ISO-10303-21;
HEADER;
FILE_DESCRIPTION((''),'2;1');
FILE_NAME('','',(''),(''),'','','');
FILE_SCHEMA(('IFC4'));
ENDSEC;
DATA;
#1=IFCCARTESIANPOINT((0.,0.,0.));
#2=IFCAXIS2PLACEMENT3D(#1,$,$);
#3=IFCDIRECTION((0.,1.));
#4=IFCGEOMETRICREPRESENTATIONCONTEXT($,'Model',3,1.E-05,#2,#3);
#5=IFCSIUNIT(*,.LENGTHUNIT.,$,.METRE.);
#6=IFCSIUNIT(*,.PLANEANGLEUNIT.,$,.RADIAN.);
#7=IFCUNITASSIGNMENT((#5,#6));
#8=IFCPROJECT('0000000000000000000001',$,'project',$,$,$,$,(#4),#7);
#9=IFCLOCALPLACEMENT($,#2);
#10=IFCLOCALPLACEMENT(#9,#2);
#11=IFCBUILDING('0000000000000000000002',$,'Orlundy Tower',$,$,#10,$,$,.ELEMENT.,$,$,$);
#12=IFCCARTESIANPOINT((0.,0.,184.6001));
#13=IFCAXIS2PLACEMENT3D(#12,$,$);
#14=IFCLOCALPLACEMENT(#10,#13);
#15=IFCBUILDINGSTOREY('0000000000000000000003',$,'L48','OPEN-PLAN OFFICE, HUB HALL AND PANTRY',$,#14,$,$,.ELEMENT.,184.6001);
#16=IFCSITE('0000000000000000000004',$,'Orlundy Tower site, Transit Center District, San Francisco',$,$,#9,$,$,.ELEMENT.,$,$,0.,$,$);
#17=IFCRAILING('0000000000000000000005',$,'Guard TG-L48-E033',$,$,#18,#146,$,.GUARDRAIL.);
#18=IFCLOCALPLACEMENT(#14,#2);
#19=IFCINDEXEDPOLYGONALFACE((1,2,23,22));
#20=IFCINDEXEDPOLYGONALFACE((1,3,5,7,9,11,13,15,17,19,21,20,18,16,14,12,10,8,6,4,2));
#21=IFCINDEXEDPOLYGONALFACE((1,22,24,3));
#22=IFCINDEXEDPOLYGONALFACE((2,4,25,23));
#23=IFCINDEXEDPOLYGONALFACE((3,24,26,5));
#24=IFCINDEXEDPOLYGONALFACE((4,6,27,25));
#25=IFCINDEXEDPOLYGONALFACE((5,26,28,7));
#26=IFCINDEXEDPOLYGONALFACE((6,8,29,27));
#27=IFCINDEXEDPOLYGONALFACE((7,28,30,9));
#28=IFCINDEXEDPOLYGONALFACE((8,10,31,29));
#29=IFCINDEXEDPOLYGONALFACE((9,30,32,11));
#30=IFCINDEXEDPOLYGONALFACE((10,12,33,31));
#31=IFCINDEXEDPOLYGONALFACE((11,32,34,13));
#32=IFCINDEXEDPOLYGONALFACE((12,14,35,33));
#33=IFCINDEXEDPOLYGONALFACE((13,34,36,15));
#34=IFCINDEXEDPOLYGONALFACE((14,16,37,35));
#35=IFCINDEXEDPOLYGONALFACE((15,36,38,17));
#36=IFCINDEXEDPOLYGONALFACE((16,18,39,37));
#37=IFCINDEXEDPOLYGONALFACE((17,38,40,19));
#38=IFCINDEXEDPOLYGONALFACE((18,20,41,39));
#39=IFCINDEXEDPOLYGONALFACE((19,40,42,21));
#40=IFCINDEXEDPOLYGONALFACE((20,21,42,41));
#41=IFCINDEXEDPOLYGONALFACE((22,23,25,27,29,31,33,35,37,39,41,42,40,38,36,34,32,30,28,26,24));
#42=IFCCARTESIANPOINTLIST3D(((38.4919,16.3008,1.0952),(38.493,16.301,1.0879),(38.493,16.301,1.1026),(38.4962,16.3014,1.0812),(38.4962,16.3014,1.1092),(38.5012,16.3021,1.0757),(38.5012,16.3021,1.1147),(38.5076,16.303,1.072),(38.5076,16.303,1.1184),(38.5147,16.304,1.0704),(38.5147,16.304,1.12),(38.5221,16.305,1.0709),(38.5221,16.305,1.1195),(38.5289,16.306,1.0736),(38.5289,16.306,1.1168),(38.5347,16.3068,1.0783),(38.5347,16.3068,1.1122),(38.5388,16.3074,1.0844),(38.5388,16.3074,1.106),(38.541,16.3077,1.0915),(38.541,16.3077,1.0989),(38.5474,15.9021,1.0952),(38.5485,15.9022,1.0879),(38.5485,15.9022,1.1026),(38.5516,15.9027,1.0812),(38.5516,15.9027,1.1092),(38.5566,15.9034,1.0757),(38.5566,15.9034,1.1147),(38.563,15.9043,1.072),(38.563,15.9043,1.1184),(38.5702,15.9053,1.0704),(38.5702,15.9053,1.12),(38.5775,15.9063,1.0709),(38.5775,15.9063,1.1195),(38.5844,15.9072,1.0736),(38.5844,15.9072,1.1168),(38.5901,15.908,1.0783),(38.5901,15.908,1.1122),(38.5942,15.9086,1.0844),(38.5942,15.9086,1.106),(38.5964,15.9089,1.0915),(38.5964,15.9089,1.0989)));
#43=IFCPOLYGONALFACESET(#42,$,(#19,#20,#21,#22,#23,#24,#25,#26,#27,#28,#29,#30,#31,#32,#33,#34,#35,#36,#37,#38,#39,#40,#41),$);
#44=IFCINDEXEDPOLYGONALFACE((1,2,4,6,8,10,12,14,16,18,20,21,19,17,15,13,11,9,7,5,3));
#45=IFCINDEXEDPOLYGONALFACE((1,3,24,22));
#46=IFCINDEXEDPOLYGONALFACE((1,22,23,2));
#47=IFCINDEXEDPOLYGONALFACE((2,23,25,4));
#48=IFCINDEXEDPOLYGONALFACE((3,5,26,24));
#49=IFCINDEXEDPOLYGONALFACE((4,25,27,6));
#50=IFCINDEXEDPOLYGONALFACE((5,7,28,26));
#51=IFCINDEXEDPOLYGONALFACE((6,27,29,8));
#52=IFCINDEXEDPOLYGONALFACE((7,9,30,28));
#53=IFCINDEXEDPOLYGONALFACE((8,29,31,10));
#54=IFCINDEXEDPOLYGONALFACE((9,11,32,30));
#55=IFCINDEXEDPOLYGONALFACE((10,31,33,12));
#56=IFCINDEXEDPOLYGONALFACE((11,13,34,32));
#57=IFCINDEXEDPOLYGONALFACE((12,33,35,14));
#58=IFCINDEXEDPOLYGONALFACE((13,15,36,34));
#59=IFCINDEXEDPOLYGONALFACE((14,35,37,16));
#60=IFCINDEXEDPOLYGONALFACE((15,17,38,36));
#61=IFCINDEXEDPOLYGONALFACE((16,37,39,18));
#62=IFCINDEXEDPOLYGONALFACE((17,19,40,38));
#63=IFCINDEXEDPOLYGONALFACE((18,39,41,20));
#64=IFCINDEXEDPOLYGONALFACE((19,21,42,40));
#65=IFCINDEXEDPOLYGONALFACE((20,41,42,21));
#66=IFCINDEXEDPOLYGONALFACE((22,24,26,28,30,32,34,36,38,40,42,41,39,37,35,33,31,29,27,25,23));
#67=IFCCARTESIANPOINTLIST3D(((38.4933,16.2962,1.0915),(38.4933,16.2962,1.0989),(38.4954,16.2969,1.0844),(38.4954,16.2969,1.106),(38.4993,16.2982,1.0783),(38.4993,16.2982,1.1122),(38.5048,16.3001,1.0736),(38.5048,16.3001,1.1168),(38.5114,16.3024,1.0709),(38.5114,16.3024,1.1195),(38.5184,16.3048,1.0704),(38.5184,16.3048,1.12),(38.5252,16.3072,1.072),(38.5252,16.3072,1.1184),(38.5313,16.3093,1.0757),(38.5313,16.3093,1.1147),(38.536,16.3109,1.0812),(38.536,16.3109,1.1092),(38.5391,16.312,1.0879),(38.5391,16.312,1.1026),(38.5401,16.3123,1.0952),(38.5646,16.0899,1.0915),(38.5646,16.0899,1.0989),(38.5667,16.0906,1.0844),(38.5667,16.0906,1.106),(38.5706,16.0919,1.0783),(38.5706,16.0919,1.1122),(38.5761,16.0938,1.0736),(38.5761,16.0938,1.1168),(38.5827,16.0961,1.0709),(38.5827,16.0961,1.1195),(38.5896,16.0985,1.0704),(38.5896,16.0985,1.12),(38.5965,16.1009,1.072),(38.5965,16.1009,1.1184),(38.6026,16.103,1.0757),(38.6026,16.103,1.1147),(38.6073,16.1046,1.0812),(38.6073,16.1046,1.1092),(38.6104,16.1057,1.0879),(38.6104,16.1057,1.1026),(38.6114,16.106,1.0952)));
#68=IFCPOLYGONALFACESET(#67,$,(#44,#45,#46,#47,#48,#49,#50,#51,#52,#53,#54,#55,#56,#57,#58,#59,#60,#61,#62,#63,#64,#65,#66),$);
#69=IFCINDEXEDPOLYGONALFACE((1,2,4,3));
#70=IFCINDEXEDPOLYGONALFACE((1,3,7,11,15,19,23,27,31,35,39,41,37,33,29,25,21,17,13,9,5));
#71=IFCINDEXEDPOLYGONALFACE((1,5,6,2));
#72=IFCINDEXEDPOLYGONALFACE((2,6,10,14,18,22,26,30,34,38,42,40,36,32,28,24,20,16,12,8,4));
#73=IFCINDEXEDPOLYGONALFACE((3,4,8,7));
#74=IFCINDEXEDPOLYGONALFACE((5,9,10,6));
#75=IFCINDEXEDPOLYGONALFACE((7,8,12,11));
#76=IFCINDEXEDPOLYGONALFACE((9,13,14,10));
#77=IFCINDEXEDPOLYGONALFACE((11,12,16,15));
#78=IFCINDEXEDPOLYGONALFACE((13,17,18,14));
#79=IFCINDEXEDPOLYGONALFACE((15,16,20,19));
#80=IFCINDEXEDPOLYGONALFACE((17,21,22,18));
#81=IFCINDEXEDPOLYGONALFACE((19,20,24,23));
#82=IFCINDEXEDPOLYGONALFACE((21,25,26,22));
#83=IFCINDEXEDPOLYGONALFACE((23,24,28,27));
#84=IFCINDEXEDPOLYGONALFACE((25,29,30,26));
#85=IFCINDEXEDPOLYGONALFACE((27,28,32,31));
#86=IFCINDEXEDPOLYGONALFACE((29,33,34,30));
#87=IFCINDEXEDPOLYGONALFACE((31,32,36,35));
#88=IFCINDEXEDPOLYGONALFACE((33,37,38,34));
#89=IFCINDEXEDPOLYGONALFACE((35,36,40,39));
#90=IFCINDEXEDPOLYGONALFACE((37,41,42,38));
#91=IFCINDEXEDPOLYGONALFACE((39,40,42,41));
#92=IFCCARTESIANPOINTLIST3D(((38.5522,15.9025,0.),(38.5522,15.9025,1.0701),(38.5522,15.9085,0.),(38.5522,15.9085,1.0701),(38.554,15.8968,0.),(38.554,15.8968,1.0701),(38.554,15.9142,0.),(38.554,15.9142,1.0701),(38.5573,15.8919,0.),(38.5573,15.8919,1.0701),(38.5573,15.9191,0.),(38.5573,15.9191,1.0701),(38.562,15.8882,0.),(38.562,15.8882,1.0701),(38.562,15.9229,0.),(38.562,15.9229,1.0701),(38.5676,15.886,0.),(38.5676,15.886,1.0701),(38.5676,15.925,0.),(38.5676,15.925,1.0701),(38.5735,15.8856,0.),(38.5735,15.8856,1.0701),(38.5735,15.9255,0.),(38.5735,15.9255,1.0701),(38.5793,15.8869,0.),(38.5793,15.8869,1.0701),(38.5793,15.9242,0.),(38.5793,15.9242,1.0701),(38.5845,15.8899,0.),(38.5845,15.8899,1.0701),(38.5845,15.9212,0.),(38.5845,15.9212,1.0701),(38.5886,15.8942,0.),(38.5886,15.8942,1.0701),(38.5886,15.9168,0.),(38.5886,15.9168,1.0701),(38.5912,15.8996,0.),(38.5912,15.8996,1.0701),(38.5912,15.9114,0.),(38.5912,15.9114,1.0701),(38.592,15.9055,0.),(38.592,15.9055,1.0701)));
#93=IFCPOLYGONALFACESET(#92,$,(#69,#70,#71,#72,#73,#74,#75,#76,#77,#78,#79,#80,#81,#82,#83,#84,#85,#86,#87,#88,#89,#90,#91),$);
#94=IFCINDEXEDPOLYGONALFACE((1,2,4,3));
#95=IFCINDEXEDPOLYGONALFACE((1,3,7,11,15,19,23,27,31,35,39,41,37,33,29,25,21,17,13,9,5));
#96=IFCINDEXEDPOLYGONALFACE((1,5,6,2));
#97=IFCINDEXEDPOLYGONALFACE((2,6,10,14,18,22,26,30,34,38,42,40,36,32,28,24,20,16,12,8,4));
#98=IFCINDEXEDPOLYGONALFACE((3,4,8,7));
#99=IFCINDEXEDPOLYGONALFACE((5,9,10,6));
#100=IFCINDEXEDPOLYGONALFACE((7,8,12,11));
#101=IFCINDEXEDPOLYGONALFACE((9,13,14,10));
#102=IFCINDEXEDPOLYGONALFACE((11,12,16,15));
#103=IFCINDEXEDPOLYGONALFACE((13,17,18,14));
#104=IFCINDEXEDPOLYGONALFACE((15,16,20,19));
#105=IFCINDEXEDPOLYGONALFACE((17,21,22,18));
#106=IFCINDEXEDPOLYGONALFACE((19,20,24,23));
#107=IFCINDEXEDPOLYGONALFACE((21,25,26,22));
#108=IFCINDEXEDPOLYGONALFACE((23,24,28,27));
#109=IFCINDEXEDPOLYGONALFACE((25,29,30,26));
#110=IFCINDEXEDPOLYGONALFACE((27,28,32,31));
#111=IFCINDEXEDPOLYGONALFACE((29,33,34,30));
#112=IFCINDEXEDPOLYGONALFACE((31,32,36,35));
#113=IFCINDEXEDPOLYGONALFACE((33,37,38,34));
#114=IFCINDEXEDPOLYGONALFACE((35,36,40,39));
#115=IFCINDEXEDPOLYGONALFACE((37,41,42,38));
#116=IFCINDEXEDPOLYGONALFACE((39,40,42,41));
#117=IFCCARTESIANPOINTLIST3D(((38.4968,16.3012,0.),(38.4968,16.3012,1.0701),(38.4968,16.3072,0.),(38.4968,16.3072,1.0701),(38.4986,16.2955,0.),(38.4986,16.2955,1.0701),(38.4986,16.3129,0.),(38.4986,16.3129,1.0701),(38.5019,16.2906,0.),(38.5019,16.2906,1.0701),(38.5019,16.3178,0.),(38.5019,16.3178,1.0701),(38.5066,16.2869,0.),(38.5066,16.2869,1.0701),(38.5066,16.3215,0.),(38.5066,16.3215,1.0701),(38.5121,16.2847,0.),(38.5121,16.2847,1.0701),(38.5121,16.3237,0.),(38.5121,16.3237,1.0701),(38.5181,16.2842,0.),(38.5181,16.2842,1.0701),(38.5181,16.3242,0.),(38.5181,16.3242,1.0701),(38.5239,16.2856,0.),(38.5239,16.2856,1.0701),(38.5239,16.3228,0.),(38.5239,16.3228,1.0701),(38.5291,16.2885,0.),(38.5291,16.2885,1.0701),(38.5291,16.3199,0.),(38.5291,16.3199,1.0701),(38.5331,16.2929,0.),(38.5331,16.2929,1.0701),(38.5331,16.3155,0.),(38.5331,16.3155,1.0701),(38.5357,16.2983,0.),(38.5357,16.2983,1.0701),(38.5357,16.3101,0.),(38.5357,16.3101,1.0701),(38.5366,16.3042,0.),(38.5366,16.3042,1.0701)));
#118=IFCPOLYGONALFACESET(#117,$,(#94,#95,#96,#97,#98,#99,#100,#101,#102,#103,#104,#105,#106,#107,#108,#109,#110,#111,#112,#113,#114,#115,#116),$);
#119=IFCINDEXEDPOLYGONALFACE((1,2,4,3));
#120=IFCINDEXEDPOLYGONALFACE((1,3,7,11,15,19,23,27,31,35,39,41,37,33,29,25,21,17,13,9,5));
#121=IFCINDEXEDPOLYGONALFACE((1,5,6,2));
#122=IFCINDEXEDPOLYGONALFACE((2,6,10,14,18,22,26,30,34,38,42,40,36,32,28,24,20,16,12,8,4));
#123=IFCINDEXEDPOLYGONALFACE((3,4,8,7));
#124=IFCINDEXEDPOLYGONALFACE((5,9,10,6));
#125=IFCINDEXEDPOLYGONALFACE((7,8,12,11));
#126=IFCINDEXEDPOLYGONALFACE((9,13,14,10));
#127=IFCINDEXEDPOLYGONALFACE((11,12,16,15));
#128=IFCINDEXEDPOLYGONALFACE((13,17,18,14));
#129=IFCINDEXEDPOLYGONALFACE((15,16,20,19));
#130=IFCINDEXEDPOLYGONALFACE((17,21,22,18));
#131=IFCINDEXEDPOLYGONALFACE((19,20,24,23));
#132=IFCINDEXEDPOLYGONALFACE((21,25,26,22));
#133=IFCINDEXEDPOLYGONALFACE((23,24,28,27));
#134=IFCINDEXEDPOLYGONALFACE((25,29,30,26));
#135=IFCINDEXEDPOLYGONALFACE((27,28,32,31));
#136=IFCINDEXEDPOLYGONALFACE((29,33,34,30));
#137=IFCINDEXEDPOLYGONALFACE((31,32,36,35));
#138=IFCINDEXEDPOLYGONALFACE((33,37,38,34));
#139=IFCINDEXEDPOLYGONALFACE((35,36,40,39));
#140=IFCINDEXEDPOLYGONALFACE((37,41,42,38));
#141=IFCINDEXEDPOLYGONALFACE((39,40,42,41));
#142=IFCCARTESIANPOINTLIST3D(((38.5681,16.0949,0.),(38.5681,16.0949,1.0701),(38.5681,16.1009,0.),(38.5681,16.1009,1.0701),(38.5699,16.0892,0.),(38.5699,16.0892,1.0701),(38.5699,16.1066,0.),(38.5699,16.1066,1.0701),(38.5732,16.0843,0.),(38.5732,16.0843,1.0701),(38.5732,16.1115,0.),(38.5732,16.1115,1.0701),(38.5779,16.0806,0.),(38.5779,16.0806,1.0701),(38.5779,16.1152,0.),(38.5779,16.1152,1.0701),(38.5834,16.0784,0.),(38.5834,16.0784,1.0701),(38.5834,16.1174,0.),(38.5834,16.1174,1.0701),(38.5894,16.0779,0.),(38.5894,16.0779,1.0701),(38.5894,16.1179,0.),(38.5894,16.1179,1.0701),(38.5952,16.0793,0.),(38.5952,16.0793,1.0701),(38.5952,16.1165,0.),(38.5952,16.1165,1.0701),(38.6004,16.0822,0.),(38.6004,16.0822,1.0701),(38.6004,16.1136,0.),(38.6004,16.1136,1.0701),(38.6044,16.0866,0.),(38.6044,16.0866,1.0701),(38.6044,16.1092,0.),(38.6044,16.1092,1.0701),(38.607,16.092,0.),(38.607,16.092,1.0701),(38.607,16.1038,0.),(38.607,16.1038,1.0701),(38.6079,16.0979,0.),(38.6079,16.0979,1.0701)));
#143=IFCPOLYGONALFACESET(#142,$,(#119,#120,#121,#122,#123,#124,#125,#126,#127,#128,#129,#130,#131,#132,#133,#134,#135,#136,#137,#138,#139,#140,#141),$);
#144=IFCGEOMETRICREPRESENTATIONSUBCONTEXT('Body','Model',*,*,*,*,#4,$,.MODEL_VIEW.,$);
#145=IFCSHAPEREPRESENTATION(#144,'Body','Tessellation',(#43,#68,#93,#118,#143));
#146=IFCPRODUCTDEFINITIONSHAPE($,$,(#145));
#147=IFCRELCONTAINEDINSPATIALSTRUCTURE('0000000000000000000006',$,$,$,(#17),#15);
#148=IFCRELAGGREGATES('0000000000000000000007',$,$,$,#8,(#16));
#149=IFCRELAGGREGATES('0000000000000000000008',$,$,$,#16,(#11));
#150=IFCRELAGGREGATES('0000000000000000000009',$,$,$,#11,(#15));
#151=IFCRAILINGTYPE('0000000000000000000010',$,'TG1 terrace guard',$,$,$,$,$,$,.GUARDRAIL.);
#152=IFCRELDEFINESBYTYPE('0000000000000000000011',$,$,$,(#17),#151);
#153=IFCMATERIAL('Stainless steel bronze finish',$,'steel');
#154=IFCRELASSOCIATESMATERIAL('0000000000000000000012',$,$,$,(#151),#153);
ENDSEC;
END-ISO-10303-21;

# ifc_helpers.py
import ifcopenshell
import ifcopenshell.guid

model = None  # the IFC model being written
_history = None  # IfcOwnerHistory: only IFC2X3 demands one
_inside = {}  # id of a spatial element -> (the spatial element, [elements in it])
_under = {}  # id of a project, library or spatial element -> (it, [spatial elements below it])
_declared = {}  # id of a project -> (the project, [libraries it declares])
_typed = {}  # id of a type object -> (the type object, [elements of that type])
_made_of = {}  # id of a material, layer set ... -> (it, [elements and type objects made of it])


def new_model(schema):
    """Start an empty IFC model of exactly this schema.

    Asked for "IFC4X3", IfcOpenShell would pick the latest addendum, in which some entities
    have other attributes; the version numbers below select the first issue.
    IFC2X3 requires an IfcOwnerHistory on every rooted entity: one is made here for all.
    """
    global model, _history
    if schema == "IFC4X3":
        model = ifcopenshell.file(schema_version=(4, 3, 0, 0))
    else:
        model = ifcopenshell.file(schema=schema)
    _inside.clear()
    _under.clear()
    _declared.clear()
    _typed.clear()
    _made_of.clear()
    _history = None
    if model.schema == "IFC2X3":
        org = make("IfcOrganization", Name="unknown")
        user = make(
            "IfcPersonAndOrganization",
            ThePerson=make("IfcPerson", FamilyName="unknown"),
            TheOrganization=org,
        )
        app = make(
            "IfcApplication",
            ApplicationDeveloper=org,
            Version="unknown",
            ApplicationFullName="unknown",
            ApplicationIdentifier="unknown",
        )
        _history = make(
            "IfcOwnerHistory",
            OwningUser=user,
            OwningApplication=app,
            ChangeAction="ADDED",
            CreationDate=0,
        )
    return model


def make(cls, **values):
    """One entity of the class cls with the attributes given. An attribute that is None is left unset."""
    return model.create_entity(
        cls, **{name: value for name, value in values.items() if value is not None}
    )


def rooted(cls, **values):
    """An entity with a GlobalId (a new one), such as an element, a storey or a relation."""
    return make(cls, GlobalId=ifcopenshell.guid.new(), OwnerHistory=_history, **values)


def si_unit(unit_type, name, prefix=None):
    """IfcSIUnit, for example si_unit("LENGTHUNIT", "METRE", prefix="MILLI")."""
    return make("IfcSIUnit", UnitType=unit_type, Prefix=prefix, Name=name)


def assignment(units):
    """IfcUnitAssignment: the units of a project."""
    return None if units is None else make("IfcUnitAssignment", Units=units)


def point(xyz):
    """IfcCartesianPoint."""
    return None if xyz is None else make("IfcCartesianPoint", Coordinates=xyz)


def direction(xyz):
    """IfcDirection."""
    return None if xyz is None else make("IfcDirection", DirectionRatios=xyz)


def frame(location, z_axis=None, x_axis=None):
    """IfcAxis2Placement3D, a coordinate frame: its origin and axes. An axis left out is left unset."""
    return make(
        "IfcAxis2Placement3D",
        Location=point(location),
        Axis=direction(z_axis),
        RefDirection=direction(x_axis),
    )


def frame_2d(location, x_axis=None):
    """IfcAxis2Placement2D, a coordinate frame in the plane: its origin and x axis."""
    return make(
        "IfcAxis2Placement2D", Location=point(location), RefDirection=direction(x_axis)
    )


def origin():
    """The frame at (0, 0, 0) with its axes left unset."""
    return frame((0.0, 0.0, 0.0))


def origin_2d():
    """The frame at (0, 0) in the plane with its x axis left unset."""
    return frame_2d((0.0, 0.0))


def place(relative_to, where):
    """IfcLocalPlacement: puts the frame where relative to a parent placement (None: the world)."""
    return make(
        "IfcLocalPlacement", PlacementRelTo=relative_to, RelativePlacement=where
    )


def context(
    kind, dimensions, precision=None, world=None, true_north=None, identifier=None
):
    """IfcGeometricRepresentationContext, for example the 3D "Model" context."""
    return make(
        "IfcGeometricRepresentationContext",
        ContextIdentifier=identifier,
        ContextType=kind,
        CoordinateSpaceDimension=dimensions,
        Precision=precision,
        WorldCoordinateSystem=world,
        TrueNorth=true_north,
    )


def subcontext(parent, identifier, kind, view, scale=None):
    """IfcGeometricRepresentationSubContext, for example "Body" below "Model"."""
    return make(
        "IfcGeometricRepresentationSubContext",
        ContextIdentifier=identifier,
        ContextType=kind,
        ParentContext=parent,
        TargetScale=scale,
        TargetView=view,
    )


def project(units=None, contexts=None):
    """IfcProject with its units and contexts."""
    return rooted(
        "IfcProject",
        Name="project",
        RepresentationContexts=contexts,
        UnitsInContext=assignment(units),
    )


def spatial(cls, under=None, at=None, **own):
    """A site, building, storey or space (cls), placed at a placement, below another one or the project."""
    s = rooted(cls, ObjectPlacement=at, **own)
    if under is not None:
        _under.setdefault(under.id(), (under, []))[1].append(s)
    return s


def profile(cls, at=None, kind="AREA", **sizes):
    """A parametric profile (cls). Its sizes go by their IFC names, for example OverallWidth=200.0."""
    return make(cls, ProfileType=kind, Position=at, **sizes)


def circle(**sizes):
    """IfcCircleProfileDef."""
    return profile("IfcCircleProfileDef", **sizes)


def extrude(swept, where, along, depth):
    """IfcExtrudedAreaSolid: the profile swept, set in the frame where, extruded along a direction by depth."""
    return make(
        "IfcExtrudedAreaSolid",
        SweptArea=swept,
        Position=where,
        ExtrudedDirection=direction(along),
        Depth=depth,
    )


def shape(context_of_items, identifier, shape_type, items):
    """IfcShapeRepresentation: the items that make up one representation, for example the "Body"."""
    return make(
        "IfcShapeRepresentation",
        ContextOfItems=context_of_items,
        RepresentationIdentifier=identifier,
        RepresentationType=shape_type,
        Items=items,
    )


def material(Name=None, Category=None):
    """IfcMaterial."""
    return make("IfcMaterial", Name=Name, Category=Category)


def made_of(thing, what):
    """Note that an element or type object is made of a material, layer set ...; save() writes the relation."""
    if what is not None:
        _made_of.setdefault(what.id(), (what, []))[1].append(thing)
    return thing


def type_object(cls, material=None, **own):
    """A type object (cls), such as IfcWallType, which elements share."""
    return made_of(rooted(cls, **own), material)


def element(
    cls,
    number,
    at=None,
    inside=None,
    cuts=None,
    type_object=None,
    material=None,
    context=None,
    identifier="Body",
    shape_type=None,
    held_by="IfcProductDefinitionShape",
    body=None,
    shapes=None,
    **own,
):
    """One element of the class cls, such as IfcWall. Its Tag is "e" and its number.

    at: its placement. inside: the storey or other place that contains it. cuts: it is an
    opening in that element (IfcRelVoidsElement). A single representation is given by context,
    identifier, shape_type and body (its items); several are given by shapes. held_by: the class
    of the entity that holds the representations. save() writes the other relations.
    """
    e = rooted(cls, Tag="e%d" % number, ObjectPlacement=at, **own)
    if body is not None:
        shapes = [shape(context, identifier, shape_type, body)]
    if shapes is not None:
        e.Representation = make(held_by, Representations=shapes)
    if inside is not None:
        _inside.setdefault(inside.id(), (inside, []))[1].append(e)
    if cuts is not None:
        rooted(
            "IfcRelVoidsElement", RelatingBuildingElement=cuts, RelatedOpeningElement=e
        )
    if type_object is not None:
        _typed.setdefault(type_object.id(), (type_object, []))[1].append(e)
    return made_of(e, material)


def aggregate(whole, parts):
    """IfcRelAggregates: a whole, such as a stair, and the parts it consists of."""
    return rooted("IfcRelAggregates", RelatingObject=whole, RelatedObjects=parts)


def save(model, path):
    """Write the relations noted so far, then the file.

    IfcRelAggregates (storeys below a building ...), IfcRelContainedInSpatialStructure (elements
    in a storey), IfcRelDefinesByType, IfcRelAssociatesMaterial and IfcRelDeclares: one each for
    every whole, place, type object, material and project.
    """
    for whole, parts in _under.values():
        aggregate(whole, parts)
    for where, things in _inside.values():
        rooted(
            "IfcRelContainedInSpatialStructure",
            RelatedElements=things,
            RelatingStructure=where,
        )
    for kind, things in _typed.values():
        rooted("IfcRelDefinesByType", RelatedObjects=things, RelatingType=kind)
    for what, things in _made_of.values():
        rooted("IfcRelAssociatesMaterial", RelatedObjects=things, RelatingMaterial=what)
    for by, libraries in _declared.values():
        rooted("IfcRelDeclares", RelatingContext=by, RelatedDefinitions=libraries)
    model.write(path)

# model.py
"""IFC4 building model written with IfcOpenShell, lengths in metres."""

from ifc_helpers import new_model, si_unit, direction, frame, origin, origin_2d, place, context, subcontext, project, spatial, circle, extrude, material, type_object, element, save


model = new_model("IFC4")

# Units and contexts
model_context = context("Model", 3, precision=1e-05, world=origin(), true_north=direction((0.0, 1.0)))
body_context = subcontext(model_context, "Body", "Model", "MODEL_VIEW")
ifc_project = project(units=[si_unit("LENGTHUNIT", "METRE"), si_unit("PLANEANGLEUNIT", "RADIAN")], contexts=[model_context])

# Site, building, storey
site_placement = place(None, origin())
site = spatial("IfcSite", under=ifc_project, at=site_placement, Name="Orlundy Tower site, Transit Center District, San Francisco", CompositionType="ELEMENT", RefElevation=0.0)
building_placement = place(site_placement, origin())
building = spatial("IfcBuilding", under=site, at=building_placement, Name="Orlundy Tower", CompositionType="ELEMENT")
storey_placement = place(building_placement, frame((0.0, 0.0, 184.6001)))
storey = spatial("IfcBuildingStorey", under=building, at=storey_placement, Name="L48", Description="OPEN-PLAN OFFICE, HUB HALL AND PANTRY", CompositionType="ELEMENT", Elevation=184.6001)

# Railing
ifc_material_1 = material(Name="Stainless steel bronze finish", Category="steel")
railing_type = type_object("IfcRailingType", Name="TG1 terrace guard", PredefinedType="GUARDRAIL", material=ifc_material_1)
railing_1_placement = place(storey_placement, frame((38.572, 15.9055, 0.0)))
element("IfcRailing", 1, at=railing_1_placement, inside=storey, type_object=railing_type, Name="Guard TG-L48-E033", PredefinedType="GUARDRAIL", context=body_context, shape_type="SweptSolid", body=[
    extrude(circle(Radius=0.0249, at=origin_2d()), frame((0.0, 0.0, 1.0952), z_axis=(-0.137684, 0.990476, 0.0), x_axis=(-0.990476, -0.137684, 0.0)), (0.0, 0.0, 1.0), 0.4026),
    extrude(circle(Radius=0.0249, at=origin_2d()), frame((-0.0554, 0.3987, 1.0952), z_axis=(0.326611, -0.945159, 0.0), x_axis=(0.945159, 0.326611, 0.0)), (0.0, 0.0, 1.0), 0.2183),
    extrude(circle(Radius=0.02, at=origin_2d()), origin(), (0.0, 0.0, 1.0), 1.0701),
    extrude(circle(Radius=0.02, at=origin_2d()), frame((-0.0554, 0.3987, 0.0)), (0.0, 0.0, 1.0), 1.0701),
    extrude(circle(Radius=0.02, at=origin_2d()), frame((0.0159, 0.1924, 0.0)), (0.0, 0.0, 1.0), 1.0701),
])

save(model, "model.ifc")
